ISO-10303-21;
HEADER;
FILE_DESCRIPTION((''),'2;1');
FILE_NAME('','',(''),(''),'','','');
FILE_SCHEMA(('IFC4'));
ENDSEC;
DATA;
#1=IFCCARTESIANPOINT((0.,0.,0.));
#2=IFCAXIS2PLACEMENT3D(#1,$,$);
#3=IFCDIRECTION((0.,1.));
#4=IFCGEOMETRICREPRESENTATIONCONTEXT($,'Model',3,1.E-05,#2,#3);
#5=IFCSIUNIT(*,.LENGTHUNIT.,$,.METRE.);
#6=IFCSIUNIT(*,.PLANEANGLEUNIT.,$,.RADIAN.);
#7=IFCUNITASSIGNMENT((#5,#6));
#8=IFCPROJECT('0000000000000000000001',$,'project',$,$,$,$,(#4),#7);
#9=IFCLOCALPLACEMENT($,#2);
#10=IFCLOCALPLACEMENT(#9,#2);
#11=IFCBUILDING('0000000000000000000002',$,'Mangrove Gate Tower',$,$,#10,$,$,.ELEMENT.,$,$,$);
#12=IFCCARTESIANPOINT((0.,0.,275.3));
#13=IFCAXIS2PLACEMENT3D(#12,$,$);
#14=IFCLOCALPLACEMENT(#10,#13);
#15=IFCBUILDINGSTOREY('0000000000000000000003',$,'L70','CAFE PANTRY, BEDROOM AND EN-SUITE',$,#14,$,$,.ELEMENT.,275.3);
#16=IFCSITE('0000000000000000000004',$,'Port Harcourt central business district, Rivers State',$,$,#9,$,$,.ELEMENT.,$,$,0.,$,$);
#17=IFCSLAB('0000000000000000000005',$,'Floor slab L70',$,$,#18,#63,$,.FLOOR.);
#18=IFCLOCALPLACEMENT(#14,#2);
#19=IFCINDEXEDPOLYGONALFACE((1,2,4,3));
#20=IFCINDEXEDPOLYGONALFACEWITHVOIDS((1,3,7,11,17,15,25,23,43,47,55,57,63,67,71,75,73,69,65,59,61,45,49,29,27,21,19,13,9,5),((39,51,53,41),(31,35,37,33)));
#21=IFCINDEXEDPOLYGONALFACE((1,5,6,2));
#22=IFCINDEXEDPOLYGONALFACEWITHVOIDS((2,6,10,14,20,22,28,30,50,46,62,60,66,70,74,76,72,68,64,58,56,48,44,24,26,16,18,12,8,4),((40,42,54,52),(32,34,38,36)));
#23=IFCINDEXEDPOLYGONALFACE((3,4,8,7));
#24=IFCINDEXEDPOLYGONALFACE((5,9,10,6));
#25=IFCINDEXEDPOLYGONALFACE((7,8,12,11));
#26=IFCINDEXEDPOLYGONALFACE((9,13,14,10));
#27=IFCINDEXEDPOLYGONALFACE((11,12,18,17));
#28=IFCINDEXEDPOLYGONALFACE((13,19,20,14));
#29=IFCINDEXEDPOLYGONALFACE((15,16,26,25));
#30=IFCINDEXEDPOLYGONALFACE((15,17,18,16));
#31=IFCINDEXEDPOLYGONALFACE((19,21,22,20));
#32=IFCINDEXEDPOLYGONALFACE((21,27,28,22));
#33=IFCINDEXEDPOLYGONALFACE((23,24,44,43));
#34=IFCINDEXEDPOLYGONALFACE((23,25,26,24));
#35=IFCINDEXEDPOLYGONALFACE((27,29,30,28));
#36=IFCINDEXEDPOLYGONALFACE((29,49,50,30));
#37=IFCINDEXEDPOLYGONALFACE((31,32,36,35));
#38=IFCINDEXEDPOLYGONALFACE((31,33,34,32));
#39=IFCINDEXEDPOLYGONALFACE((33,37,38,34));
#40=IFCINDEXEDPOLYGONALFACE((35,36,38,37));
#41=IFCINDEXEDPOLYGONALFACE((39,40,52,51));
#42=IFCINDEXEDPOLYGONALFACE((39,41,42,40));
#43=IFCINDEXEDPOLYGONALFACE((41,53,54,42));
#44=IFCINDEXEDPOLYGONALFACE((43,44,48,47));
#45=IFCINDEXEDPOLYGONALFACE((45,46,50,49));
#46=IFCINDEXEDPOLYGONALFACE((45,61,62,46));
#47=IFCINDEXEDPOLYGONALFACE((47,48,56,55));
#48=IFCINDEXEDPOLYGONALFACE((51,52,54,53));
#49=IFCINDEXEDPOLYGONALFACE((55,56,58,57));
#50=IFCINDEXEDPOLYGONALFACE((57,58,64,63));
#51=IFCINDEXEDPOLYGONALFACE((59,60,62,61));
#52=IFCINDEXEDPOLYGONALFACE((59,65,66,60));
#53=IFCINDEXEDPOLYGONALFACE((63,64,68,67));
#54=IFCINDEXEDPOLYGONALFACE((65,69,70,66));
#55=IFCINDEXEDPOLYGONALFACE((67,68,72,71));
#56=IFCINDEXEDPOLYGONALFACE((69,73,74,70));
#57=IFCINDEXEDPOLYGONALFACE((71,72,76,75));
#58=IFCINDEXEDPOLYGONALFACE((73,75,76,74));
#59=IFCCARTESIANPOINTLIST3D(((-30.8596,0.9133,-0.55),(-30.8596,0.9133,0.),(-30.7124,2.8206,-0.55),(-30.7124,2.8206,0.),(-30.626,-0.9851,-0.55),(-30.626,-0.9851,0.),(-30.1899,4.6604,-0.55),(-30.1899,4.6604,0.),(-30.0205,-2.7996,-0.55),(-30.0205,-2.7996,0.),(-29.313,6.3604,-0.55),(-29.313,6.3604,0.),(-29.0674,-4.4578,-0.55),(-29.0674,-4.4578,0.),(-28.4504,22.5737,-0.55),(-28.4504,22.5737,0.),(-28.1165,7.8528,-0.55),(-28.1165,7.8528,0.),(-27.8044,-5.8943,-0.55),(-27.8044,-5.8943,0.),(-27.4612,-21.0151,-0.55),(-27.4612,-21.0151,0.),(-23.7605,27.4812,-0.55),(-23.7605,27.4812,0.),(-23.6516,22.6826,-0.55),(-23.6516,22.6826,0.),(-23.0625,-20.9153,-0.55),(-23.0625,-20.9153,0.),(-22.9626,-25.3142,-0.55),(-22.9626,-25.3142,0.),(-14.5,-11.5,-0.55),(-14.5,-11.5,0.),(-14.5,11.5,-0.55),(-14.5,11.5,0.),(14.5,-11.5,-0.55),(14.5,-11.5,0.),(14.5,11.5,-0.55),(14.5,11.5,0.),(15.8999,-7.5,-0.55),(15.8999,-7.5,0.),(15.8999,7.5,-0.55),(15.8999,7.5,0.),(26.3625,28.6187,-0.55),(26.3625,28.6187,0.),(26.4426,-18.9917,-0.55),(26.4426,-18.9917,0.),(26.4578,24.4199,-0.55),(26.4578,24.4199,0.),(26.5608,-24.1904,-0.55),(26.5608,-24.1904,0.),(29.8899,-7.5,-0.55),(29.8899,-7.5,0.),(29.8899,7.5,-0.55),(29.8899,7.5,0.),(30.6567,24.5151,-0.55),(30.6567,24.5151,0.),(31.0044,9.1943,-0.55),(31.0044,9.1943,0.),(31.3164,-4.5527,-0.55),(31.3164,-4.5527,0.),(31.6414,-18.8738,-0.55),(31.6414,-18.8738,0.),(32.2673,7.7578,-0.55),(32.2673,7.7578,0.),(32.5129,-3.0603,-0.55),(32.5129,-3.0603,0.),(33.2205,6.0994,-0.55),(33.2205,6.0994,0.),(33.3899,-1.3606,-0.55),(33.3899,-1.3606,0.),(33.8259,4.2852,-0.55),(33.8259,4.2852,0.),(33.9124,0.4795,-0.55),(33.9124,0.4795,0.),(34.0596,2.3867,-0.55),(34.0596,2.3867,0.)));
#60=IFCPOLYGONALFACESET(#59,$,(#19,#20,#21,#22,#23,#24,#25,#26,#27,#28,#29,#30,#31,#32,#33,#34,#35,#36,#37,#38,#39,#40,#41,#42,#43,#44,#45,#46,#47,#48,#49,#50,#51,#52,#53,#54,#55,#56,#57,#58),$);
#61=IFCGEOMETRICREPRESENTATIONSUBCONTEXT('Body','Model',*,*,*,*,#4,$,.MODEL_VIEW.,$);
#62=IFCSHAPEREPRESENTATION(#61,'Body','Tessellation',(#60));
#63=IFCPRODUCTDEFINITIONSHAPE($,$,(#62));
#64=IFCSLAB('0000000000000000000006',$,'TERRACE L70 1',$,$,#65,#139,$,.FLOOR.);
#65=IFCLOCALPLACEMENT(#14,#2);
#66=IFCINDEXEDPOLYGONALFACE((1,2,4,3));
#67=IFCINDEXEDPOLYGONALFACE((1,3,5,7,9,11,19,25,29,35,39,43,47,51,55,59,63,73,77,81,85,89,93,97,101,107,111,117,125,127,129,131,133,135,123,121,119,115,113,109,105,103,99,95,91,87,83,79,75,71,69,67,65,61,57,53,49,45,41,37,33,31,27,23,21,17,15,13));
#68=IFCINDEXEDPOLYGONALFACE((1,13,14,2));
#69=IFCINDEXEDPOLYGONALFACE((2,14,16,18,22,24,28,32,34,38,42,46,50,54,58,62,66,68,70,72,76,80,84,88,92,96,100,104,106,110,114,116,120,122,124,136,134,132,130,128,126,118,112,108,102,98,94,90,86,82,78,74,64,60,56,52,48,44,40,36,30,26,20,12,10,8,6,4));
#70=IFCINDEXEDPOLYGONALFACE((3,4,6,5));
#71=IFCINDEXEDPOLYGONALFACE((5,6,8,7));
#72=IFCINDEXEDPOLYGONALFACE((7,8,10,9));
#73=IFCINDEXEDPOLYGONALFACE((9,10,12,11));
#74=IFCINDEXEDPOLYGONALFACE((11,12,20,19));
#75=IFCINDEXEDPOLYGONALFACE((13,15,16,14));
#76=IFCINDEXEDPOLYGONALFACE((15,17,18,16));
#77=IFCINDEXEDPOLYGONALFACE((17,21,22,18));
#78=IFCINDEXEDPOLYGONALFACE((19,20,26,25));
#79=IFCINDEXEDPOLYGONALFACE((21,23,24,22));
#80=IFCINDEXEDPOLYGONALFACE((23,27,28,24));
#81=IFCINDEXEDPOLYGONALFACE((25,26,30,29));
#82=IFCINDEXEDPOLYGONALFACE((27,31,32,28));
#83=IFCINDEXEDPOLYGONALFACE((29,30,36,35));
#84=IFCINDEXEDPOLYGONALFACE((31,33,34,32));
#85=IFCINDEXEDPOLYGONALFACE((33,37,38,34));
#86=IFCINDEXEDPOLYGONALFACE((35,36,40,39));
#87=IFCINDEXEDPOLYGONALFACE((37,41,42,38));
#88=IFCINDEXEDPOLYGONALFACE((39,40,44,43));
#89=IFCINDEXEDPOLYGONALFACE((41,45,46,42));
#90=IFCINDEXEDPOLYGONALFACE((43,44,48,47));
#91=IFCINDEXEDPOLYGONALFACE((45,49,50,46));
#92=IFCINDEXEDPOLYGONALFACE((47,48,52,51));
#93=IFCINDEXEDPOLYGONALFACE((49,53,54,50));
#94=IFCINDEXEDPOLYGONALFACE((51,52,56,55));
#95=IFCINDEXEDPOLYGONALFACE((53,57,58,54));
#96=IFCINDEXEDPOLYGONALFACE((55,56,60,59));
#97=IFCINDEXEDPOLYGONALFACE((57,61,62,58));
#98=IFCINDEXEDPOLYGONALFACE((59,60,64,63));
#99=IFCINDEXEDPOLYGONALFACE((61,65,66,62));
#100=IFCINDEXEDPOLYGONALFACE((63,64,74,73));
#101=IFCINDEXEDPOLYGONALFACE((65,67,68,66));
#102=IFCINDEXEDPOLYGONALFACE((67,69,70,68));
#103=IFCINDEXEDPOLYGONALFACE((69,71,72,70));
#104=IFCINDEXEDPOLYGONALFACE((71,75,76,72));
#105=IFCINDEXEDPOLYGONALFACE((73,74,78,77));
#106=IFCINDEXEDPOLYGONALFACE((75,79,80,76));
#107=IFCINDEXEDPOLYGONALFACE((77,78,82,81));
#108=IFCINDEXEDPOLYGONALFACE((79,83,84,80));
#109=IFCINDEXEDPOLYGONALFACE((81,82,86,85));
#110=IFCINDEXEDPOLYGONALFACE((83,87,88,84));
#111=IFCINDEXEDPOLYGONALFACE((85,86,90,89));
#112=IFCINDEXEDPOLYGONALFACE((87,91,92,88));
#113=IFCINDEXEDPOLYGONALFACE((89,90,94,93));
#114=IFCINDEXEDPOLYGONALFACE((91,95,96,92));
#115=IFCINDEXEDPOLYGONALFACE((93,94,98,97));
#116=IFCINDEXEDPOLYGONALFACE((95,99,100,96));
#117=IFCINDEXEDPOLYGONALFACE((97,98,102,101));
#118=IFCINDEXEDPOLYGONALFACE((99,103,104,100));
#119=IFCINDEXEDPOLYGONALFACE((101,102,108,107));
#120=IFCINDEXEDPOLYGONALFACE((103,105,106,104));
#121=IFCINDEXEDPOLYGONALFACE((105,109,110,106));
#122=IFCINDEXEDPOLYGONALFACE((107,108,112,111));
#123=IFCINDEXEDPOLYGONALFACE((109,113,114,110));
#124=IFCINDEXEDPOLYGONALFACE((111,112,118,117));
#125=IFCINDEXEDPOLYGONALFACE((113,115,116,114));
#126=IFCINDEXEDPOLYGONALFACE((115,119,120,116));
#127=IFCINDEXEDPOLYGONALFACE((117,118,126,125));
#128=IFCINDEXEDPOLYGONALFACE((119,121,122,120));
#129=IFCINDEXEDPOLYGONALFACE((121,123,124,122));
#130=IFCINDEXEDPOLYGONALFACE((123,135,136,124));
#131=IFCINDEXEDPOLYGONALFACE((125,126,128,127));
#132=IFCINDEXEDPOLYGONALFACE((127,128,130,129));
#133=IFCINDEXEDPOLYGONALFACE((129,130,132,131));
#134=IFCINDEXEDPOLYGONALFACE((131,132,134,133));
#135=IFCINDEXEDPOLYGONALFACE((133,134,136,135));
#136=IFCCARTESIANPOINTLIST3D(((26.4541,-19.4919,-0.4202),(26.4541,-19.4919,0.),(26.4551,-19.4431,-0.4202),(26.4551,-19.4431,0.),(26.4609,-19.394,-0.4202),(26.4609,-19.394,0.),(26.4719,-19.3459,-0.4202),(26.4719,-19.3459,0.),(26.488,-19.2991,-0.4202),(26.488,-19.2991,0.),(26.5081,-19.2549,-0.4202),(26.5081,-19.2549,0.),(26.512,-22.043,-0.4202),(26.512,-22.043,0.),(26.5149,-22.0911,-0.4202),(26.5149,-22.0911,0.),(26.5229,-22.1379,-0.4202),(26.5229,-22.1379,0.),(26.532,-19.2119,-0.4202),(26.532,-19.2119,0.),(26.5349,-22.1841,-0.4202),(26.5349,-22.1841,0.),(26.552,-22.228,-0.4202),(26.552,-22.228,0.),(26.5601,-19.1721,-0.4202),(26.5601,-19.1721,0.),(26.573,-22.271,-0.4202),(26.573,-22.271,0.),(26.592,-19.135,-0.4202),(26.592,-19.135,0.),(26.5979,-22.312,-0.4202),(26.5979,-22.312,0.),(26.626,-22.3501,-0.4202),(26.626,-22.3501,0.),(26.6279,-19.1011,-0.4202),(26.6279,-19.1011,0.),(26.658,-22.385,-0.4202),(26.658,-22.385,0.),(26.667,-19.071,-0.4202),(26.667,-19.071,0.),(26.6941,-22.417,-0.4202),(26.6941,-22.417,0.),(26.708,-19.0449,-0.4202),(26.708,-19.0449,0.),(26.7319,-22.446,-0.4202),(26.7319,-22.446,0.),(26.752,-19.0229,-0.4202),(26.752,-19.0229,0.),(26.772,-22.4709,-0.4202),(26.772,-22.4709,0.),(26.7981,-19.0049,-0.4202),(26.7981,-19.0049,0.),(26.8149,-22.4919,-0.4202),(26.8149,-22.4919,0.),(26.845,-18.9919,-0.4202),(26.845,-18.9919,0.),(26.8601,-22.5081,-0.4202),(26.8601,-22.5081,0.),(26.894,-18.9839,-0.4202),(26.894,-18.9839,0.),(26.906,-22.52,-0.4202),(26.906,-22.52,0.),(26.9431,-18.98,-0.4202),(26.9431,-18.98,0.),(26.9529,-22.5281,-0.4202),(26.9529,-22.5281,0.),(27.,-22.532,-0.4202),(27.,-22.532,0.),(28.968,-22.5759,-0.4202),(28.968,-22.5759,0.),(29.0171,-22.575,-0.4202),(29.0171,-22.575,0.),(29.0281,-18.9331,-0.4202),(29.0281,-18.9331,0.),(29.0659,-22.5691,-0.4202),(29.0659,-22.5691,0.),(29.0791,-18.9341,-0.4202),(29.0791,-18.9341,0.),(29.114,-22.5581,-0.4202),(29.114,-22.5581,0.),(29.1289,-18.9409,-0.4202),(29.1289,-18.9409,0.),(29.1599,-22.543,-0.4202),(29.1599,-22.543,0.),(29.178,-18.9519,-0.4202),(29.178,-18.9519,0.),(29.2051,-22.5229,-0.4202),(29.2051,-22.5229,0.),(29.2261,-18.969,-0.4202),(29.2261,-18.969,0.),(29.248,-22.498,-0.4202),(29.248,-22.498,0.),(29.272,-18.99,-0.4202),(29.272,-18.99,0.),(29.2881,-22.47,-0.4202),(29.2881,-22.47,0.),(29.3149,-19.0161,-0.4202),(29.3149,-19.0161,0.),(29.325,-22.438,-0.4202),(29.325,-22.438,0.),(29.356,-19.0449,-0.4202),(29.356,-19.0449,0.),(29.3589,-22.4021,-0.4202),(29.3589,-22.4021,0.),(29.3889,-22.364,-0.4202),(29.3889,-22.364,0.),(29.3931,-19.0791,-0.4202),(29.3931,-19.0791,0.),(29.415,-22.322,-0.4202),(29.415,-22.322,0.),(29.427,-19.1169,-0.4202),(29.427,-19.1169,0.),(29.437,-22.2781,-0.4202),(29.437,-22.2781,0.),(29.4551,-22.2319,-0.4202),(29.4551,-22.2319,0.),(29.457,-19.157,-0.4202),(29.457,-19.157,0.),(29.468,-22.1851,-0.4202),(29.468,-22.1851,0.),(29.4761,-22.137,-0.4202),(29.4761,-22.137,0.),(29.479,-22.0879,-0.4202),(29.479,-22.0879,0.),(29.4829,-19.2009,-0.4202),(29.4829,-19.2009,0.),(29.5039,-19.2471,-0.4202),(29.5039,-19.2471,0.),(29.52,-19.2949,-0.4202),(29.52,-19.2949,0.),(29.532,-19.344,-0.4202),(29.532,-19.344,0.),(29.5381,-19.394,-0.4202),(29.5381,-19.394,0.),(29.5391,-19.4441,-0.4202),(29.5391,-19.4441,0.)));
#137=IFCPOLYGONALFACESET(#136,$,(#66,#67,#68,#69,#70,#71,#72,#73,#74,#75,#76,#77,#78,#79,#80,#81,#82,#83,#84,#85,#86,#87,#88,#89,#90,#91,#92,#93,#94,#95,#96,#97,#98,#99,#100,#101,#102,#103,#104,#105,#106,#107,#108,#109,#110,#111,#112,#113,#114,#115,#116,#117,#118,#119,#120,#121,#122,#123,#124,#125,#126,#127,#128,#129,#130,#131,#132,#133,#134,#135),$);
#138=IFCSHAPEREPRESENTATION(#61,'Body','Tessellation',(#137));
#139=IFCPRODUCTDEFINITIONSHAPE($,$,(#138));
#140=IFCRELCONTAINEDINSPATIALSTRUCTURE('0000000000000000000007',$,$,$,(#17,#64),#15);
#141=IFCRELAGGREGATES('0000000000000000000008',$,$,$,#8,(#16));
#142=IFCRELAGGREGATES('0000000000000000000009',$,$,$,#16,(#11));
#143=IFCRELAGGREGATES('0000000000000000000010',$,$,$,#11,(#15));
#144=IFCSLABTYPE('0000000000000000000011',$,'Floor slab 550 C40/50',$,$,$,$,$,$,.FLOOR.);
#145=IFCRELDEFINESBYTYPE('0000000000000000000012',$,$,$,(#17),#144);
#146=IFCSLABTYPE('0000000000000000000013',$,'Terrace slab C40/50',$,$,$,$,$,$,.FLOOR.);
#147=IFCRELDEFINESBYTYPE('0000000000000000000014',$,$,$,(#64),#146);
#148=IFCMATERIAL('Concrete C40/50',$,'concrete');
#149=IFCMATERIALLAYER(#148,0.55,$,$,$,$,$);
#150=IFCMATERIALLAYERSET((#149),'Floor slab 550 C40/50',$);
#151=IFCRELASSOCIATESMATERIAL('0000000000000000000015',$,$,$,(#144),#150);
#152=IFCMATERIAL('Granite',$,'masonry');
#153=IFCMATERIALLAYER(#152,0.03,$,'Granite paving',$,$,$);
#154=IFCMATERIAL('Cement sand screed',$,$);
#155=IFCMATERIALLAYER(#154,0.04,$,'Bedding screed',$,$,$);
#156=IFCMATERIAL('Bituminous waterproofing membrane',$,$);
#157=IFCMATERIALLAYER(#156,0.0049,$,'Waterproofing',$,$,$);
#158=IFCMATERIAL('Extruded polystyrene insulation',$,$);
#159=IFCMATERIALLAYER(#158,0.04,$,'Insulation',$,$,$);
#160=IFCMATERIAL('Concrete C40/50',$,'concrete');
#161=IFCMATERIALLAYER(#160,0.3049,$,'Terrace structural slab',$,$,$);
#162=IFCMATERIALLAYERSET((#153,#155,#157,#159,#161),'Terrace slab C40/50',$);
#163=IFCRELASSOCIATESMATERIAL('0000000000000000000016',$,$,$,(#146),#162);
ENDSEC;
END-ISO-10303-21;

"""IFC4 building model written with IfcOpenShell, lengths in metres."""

from ifc_helpers import new_model, si_unit, direction, frame, origin, place, context, subcontext, project, spatial, polyline, outline, extrude, material, layer, layer_set, type_object, element, save


model = new_model("IFC4")

# Units and contexts
model_context = context("Model", 3, precision=1e-05, world=origin(), true_north=direction((0.0, 1.0)))
body_context = subcontext(model_context, "Body", "Model", "MODEL_VIEW")
ifc_project = project(units=[si_unit("LENGTHUNIT", "METRE"), si_unit("PLANEANGLEUNIT", "RADIAN")], contexts=[model_context])

# Site, building, storey
site_placement = place(None, origin())
site = spatial("IfcSite", under=ifc_project, at=site_placement, Name="Port Harcourt central business district, Rivers State", CompositionType="ELEMENT", RefElevation=0.0)
building_placement = place(site_placement, origin())
building = spatial("IfcBuilding", under=site, at=building_placement, Name="Mangrove Gate Tower", CompositionType="ELEMENT")
storey_placement = place(building_placement, frame((0.0, 0.0, 275.3)))
storey = spatial("IfcBuildingStorey", under=building, at=storey_placement, Name="L70", Description="CAFE PANTRY, BEDROOM AND EN-SUITE", CompositionType="ELEMENT", Elevation=275.3)

# Shared definitions
ifc_material_1 = material(Name="Cement sand screed")
ifc_material_2 = material(Name="Bituminous waterproofing membrane")
ifc_material_3 = material(Name="Concrete C40/50", Category="concrete")

# Slabs
ifc_material_4 = material(Name="Concrete C40/50", Category="concrete")
ifc_layer_1 = layer(ifc_material_4, 0.55)
ifc_layer_set_1 = layer_set([ifc_layer_1], Name="Floor slab 550 C40/50")
slab_type_1 = type_object("IfcSlabType", Name="Floor slab 550 C40/50", PredefinedType="FLOOR", material=ifc_layer_set_1)
slab_1_placement = place(storey_placement, frame((0.0, 0.0, -0.55)))
element("IfcSlab", 1, at=slab_1_placement, inside=storey, type_object=slab_type_1, Name="Floor slab L70", PredefinedType="FLOOR", context=body_context, shape_type="SweptSolid", body=[
    extrude(outline(polyline([(-22.9626, -25.3142), (26.5608, -24.1904), (26.4426, -18.9917), (31.6414, -18.8738), (31.3164, -4.5527), (32.5129, -3.0603), (33.3899, -1.3606), (33.9124, 0.4795), (34.0596, 2.3867), (33.8259, 4.2852), (33.2205, 6.0994), (32.2673, 7.7578), (31.0044, 9.1943), (30.6567, 24.5151), (26.4578, 24.4199), (26.3625, 28.6187), (-23.7605, 27.4812), (-23.6516, 22.6826), (-28.4504, 22.5737), (-28.1165, 7.8528), (-29.313, 6.3604), (-30.1899, 4.6604), (-30.7124, 2.8206), (-30.8596, 0.9133), (-30.626, -0.9851), (-30.0205, -2.7996), (-29.0674, -4.4578), (-27.8044, -5.8943), (-27.4612, -21.0151), (-23.0625, -20.9153), (-22.9626, -25.3142)]), holes=[polyline([(15.8999, 7.5), (29.8899, 7.5), (29.8899, -7.5), (15.8999, -7.5), (15.8999, 7.5)]), polyline([(-14.5, -11.5), (-14.5, 11.5), (14.5, 11.5), (14.5, -11.5), (-14.5, -11.5)])]), origin(), (0.0, 0.0, 1.0), 0.55),
])
ifc_material_5 = material(Name="Granite", Category="masonry")
ifc_layer_2 = layer(ifc_material_5, 0.03, Name="Granite paving")
ifc_layer_3 = layer(ifc_material_1, 0.04, Name="Bedding screed")
ifc_layer_4 = layer(ifc_material_2, 0.0049, Name="Waterproofing")
ifc_material_6 = material(Name="Extruded polystyrene insulation")
ifc_layer_5 = layer(ifc_material_6, 0.04, Name="Insulation")
ifc_layer_6 = layer(ifc_material_3, 0.3049, Name="Terrace structural slab")
ifc_layer_set_2 = layer_set([ifc_layer_2, ifc_layer_3, ifc_layer_4, ifc_layer_5, ifc_layer_6], Name="Terrace slab C40/50")
slab_type_2 = type_object("IfcSlabType", Name="Terrace slab C40/50", PredefinedType="FLOOR", material=ifc_layer_set_2)
slab_2_placement = place(storey_placement, frame((0.0, 0.0, -0.4202)))
element("IfcSlab", 2, at=slab_2_placement, inside=storey, type_object=slab_type_2, Name="TERRACE L70 1", PredefinedType="FLOOR", context=body_context, shape_type="SweptSolid", body=[
    extrude(outline(polyline([(29.479, -22.0879), (29.5391, -19.4441), (29.5381, -19.394), (29.532, -19.344), (29.52, -19.2949), (29.5039, -19.2471), (29.4829, -19.2009), (29.457, -19.157), (29.427, -19.1169), (29.3931, -19.0791), (29.356, -19.0449), (29.3149, -19.0161), (29.272, -18.99), (29.2261, -18.969), (29.178, -18.9519), (29.1289, -18.9409), (29.0791, -18.9341), (29.0281, -18.9331), (26.9431, -18.98), (26.894, -18.9839), (26.845, -18.9919), (26.7981, -19.0049), (26.752, -19.0229), (26.708, -19.0449), (26.667, -19.071), (26.6279, -19.1011), (26.592, -19.135), (26.5601, -19.1721), (26.532, -19.2119), (26.5081, -19.2549), (26.488, -19.2991), (26.4719, -19.3459), (26.4609, -19.394), (26.4551, -19.4431), (26.4541, -19.4919), (26.512, -22.043), (26.5149, -22.0911), (26.5229, -22.1379), (26.5349, -22.1841), (26.552, -22.228), (26.573, -22.271), (26.5979, -22.312), (26.626, -22.3501), (26.658, -22.385), (26.6941, -22.417), (26.7319, -22.446), (26.772, -22.4709), (26.8149, -22.4919), (26.8601, -22.5081), (26.906, -22.52), (26.9529, -22.5281), (27.0, -22.532), (28.968, -22.5759), (29.0171, -22.575), (29.0659, -22.5691), (29.114, -22.5581), (29.1599, -22.543), (29.2051, -22.5229), (29.248, -22.498), (29.2881, -22.47), (29.325, -22.438), (29.3589, -22.4021), (29.3889, -22.364), (29.415, -22.322), (29.437, -22.2781), (29.4551, -22.2319), (29.468, -22.1851), (29.4761, -22.137), (29.479, -22.0879)])), origin(), (0.0, 0.0, 1.0), 0.4202),
])

save(model, "model.ifc")
